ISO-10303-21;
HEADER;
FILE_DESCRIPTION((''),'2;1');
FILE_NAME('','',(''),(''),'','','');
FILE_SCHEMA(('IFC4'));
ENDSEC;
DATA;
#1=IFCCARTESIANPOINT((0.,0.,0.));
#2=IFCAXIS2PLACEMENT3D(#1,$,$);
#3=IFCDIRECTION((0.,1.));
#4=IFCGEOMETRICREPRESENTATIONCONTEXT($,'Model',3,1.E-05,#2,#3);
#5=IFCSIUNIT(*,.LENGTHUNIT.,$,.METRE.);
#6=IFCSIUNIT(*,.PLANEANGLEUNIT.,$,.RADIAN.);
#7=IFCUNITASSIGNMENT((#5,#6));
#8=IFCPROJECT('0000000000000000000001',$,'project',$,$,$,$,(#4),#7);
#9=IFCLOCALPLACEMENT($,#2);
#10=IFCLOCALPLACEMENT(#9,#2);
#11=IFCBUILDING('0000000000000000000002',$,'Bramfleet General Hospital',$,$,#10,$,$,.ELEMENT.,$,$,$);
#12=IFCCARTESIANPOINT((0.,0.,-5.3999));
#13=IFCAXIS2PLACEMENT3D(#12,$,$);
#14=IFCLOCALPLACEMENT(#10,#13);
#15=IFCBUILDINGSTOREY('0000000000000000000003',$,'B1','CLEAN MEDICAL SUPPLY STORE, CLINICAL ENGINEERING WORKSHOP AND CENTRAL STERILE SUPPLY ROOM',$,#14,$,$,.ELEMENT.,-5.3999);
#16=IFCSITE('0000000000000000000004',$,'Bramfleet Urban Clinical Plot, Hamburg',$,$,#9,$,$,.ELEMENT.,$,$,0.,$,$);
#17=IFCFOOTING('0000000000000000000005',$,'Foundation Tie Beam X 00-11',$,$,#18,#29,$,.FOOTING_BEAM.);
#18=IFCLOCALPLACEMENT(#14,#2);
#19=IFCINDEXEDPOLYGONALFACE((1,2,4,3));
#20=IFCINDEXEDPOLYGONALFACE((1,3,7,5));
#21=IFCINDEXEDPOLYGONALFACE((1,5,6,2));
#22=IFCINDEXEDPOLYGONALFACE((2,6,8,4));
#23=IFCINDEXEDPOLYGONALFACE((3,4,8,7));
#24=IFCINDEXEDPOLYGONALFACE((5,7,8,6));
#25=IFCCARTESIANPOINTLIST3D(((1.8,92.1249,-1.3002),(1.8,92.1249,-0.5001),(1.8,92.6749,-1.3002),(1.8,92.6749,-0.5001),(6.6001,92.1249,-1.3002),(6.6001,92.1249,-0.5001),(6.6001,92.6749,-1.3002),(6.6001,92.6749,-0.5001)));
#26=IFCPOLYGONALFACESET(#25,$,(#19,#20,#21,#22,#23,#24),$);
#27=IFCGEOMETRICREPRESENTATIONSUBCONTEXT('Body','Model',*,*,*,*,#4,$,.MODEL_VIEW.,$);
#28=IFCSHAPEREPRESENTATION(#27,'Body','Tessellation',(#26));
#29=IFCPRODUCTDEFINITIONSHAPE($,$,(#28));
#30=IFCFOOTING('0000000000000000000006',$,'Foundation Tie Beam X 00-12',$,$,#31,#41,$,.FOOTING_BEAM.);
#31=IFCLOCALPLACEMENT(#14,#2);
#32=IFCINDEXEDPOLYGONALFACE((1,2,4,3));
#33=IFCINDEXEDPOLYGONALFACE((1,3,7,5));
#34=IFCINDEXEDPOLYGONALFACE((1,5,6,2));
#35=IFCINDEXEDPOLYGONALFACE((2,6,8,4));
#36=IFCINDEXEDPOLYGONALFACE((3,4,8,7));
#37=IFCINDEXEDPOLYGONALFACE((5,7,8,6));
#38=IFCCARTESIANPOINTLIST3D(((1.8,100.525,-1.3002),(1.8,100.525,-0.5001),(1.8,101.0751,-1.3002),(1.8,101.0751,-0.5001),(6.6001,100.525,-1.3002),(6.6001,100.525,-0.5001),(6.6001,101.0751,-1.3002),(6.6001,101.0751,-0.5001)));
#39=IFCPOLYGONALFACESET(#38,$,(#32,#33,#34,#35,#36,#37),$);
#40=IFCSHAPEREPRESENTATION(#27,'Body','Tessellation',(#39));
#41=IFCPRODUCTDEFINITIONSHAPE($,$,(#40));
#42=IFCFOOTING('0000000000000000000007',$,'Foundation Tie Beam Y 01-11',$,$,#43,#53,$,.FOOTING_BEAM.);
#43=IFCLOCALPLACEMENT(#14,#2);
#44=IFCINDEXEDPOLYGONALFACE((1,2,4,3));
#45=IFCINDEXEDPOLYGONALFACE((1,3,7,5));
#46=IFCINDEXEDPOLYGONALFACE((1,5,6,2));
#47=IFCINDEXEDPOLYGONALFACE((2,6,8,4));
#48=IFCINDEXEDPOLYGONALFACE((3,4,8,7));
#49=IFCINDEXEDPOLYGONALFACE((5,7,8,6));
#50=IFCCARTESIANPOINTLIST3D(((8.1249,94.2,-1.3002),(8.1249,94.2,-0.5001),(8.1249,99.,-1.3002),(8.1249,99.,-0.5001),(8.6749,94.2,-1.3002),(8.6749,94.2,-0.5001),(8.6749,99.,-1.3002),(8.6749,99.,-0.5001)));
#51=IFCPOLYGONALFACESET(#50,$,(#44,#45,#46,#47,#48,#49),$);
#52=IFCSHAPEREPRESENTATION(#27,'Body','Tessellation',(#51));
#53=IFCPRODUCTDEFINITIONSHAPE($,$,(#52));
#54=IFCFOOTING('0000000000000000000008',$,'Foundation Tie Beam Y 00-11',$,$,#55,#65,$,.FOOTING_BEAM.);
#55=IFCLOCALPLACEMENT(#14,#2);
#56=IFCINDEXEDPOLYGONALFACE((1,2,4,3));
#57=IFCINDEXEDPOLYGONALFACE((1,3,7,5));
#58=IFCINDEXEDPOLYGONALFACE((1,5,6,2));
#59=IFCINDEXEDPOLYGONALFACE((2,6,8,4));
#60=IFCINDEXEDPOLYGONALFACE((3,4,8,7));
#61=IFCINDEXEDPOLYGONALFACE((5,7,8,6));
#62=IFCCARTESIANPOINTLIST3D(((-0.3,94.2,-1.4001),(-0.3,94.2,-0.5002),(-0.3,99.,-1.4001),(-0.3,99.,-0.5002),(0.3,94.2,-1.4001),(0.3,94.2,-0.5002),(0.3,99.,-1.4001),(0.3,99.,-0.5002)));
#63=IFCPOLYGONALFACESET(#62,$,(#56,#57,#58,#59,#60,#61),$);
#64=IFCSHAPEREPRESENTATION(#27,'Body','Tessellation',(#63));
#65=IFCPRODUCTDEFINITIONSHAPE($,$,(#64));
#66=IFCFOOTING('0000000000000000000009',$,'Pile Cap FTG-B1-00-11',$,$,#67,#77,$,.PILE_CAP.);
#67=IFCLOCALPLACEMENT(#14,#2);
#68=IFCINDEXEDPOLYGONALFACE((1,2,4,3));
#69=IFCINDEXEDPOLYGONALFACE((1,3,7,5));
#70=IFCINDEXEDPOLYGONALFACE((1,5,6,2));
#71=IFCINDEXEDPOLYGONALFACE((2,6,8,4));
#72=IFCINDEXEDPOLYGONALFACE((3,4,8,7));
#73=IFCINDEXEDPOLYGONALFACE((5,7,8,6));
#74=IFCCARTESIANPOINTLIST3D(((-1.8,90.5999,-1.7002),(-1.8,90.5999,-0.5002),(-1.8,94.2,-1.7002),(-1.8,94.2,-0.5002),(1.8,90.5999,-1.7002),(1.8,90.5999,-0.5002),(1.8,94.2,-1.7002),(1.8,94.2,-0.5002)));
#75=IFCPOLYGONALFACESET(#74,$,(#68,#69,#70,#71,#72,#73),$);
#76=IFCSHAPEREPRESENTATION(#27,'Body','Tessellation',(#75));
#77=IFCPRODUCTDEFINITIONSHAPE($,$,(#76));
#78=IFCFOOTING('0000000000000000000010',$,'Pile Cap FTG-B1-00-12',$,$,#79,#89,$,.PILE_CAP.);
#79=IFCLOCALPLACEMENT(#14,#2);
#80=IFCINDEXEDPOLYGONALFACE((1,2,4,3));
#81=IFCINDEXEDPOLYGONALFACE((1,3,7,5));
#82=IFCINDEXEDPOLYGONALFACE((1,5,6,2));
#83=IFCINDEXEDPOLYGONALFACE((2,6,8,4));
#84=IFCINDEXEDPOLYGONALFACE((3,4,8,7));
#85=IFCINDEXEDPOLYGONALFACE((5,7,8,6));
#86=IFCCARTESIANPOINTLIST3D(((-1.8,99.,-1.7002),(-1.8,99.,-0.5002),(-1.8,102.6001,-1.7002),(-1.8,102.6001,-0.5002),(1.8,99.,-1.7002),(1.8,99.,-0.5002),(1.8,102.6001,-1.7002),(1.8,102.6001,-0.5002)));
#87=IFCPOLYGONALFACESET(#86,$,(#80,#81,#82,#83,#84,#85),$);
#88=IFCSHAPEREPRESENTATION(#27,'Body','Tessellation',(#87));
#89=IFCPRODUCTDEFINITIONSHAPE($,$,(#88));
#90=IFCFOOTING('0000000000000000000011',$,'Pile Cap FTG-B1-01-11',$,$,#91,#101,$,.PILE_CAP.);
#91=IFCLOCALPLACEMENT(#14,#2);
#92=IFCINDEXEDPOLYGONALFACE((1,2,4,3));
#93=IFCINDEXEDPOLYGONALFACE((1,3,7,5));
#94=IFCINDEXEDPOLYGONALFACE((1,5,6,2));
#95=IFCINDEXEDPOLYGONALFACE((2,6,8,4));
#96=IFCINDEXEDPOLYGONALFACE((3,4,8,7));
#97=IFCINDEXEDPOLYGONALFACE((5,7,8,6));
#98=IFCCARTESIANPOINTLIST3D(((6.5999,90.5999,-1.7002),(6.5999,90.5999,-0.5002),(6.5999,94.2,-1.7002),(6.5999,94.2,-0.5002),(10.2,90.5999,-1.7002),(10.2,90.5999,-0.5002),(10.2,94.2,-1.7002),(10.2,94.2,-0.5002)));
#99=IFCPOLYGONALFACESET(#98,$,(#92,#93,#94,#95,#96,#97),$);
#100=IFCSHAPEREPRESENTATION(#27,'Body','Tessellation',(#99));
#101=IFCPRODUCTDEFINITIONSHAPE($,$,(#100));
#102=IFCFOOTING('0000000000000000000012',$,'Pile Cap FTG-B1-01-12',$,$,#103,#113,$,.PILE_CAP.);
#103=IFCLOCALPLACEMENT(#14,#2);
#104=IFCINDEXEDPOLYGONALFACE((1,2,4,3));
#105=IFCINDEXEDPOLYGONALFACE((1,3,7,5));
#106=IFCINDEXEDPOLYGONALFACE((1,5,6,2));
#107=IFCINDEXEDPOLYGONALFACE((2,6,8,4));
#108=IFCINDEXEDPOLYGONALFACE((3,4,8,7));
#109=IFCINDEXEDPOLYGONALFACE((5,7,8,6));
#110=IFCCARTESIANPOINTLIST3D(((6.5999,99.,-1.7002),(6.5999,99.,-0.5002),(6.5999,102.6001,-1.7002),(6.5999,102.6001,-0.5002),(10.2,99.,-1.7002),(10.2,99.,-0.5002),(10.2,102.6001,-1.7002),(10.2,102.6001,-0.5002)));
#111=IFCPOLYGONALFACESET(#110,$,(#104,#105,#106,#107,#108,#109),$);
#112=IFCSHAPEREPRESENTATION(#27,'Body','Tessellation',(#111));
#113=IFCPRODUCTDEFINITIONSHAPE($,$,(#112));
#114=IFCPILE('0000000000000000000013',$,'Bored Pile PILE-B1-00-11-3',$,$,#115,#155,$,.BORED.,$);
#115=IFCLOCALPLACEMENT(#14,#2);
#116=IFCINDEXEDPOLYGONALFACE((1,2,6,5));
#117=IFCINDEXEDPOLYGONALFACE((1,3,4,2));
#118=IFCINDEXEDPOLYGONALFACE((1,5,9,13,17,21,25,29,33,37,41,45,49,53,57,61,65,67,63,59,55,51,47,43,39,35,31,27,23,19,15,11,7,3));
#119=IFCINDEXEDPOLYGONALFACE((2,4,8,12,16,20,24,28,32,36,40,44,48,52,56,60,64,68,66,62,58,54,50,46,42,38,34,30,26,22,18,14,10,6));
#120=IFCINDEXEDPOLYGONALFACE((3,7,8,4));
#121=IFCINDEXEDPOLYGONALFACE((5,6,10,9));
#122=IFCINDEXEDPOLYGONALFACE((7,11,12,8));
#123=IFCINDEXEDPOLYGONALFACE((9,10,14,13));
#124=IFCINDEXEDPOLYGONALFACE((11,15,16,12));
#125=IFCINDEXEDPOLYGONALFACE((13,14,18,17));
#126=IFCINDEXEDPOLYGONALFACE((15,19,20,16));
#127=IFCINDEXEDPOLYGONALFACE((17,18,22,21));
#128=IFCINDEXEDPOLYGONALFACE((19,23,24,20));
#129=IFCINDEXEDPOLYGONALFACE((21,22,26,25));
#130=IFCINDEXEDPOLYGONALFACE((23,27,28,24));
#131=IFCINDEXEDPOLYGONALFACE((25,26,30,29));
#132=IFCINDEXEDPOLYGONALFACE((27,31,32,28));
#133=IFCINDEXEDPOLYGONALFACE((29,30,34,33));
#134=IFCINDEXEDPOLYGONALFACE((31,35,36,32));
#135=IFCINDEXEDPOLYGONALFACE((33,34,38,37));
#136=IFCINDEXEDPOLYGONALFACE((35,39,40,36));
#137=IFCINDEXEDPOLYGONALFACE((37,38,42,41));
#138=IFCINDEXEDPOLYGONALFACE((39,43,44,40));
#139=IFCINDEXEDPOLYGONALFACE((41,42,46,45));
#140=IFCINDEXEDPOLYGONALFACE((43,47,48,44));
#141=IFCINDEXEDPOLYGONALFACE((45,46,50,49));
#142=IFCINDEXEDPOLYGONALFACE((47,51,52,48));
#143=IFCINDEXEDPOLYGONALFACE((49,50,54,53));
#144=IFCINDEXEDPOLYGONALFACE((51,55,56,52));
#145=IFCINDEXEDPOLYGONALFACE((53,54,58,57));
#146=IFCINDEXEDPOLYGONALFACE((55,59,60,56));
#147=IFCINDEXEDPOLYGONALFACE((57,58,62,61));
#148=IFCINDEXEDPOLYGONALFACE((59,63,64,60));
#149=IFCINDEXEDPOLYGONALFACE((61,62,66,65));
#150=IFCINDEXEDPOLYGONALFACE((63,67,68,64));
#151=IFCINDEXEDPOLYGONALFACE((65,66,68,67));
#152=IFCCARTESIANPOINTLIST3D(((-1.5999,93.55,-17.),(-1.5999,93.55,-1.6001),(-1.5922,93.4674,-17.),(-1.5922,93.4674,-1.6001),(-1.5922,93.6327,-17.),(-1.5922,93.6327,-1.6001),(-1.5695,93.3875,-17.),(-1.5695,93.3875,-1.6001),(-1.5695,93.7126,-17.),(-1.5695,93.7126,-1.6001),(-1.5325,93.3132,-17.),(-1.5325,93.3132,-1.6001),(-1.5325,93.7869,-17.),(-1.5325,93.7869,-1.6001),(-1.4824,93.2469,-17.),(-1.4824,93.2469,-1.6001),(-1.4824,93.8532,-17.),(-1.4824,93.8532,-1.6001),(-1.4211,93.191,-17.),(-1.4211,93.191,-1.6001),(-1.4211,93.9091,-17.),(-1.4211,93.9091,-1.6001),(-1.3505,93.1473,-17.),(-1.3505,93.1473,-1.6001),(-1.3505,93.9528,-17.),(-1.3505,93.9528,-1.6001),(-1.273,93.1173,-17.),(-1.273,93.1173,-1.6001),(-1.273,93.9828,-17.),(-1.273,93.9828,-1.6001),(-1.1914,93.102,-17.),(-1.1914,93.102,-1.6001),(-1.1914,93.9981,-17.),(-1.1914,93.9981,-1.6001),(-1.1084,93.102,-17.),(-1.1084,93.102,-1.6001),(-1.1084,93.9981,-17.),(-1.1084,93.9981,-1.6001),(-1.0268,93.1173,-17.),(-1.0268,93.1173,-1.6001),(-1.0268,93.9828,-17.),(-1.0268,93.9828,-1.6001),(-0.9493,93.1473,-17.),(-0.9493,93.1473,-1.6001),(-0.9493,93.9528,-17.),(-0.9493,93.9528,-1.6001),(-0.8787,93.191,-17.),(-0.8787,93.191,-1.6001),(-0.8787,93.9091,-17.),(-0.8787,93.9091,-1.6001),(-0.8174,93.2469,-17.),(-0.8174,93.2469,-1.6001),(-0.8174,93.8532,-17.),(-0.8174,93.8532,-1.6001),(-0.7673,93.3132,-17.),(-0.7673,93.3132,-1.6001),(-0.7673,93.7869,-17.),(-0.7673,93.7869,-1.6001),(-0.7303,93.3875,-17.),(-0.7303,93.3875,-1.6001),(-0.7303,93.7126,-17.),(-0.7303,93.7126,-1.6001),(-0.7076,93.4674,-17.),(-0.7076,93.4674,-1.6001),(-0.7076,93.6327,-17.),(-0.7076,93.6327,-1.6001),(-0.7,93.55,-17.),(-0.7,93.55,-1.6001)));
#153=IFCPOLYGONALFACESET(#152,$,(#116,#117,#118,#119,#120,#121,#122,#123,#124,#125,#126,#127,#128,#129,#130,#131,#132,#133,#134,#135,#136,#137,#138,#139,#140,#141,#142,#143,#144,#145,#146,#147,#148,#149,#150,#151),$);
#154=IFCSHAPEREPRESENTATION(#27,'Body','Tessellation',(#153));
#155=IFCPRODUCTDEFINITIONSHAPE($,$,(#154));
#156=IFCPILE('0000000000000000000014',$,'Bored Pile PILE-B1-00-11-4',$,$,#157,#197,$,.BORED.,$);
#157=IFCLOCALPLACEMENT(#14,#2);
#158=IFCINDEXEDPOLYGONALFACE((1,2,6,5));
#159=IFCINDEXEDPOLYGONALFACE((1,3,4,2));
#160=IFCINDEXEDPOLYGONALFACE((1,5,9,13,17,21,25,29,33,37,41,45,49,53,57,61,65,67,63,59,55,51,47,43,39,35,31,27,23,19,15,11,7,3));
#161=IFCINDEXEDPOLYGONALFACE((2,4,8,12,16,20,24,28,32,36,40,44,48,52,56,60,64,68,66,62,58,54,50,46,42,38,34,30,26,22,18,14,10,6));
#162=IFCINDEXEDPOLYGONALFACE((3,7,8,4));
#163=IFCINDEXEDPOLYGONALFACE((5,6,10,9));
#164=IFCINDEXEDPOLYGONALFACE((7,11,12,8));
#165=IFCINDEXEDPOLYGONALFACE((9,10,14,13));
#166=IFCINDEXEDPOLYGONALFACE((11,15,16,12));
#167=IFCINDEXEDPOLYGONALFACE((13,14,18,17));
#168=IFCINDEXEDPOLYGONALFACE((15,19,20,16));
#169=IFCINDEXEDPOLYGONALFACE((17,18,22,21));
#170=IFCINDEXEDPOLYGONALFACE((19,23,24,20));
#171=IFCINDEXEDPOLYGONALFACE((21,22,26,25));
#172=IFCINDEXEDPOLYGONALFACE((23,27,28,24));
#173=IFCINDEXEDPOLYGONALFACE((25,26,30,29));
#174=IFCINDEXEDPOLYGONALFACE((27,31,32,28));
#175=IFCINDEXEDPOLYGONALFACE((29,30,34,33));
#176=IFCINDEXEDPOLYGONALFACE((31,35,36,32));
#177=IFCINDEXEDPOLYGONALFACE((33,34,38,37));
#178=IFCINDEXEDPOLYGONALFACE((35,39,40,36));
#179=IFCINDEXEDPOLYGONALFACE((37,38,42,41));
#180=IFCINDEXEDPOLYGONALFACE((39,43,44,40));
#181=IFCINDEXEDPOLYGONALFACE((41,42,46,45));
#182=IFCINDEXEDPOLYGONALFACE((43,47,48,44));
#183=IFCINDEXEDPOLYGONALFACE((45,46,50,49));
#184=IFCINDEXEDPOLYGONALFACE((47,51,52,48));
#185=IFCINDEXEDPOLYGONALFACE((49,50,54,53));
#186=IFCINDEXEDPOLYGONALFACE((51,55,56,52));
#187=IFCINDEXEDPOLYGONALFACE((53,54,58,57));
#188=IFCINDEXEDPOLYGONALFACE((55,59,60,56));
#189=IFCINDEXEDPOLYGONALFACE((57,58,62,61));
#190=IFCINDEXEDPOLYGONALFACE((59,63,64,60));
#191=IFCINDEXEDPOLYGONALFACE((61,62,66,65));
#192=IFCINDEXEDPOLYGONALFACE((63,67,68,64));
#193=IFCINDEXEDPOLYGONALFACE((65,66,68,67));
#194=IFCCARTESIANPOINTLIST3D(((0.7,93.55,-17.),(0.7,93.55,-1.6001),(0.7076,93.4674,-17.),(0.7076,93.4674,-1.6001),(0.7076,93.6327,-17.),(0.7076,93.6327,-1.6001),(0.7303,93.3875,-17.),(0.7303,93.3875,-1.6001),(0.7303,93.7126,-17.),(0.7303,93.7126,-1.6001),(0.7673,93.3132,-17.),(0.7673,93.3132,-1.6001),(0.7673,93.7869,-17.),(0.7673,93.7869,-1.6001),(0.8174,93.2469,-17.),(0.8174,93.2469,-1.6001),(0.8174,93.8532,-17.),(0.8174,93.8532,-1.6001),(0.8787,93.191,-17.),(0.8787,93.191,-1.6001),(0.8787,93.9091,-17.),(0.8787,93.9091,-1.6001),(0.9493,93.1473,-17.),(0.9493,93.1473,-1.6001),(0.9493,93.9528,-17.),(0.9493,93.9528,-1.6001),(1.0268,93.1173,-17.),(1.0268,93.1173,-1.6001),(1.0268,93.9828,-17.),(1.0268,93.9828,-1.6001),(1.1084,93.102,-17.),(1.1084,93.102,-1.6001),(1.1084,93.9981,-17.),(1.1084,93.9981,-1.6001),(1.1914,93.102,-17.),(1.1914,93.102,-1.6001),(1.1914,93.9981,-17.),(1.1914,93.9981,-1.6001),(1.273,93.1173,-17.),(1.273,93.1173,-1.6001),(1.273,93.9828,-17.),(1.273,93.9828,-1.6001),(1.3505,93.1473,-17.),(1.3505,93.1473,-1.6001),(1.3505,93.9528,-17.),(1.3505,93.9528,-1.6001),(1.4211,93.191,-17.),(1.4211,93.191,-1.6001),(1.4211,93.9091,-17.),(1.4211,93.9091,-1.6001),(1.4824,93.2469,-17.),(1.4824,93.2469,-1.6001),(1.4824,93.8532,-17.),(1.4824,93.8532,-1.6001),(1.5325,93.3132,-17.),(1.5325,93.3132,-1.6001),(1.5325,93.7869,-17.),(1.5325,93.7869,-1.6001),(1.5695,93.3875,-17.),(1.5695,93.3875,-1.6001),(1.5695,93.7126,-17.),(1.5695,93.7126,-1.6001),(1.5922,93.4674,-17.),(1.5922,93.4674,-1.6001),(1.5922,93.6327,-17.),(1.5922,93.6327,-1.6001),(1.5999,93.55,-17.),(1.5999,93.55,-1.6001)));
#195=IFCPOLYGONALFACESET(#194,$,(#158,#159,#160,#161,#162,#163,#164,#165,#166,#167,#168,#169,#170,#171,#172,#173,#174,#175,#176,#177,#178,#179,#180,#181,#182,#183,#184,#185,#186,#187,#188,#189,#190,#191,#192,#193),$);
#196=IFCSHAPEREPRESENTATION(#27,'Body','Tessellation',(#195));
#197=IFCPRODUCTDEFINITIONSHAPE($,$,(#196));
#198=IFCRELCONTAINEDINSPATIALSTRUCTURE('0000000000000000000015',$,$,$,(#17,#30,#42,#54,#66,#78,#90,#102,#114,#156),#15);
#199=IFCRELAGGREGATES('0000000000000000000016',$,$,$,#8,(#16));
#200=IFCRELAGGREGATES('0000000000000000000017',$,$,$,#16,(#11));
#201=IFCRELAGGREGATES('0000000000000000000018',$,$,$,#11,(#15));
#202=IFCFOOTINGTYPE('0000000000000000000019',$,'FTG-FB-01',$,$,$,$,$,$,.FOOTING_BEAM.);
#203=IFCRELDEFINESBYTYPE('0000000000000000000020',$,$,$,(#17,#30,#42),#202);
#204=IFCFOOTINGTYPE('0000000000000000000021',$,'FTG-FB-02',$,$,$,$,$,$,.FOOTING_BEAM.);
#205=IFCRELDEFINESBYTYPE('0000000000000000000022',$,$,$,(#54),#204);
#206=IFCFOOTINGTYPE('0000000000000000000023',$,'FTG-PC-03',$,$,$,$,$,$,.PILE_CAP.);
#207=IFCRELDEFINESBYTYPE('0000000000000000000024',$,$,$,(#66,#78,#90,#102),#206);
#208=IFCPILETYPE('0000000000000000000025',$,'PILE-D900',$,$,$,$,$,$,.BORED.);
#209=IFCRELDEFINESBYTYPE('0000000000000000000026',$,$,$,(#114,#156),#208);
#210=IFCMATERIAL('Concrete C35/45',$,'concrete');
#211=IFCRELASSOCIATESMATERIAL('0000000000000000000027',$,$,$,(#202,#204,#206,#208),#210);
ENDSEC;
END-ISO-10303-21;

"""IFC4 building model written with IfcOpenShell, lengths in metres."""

from ifc_helpers import new_model, si_unit, direction, frame, origin, origin_2d, place, context, subcontext, project, spatial, rectangle, circle, extrude, material, material_profile, profile_set, type_object, element, save


model = new_model("IFC4")

# Units and contexts
model_context = context("Model", 3, precision=1e-05, world=origin(), true_north=direction((0.0, 1.0)))
body_context = subcontext(model_context, "Body", "Model", "MODEL_VIEW")
ifc_project = project(units=[si_unit("LENGTHUNIT", "METRE"), si_unit("PLANEANGLEUNIT", "RADIAN")], contexts=[model_context])

# Site, building, storey
site_placement = place(None, origin())
site = spatial("IfcSite", under=ifc_project, at=site_placement, Name="Bramfleet Urban Clinical Plot, Hamburg", CompositionType="ELEMENT", RefElevation=0.0)
building_placement = place(site_placement, origin())
building = spatial("IfcBuilding", under=site, at=building_placement, Name="Bramfleet General Hospital", CompositionType="ELEMENT")
storey_placement = place(building_placement, frame((0.0, 0.0, -5.3999)))
storey = spatial("IfcBuildingStorey", under=building, at=storey_placement, Name="B1", Description="CLEAN MEDICAL SUPPLY STORE, CLINICAL ENGINEERING WORKSHOP AND CENTRAL STERILE SUPPLY ROOM", CompositionType="ELEMENT", Elevation=-5.3999)

# Footings
ifc_material_1 = material(Name="Concrete C35/45", Category="concrete")
ifc_material_profile_1 = material_profile(ifc_material_1, rectangle(XDim=0.55, YDim=0.8, at=origin_2d()), Name="RC FB 800x550")
ifc_profile_set_1 = profile_set([ifc_material_profile_1], Name="Concrete C35/45")
footing_type_1 = type_object("IfcFootingType", Name="FTG-FB-01", PredefinedType="FOOTING_BEAM", material=ifc_profile_set_1)
for number, where, z_axis, x_axis, name in (
    (1, (1.8, 92.3999, -0.9001), (1.0, 0.0, 0.0), (0.0, 1.0, 0.0), "Foundation Tie Beam X 00-11"),
    (2, (1.8, 100.8, -0.9001), (1.0, 0.0, 0.0), (0.0, 1.0, 0.0), "Foundation Tie Beam X 00-12"),
    (3, (8.3999, 94.2, -0.9001), (0.0, 1.0, 0.0), (-1.0, 0.0, 0.0), "Foundation Tie Beam Y 01-11"),
):
    element("IfcFooting", number, at=place(storey_placement, frame(where, z_axis=z_axis, x_axis=x_axis)), inside=storey, type_object=footing_type_1, Name=name, PredefinedType="FOOTING_BEAM", context=body_context, shape_type="SweptSolid", body=[
        extrude(rectangle(XDim=0.55, YDim=0.8, at=origin_2d()), origin(), (0.0, 0.0, 1.0), 4.8),
    ])
ifc_material_profile_2 = material_profile(ifc_material_1, rectangle(XDim=0.6001, YDim=0.8999, at=origin_2d()), Name="RC FB 900x600")
ifc_profile_set_2 = profile_set([ifc_material_profile_2], Name="Concrete C35/45")
footing_type_2 = type_object("IfcFootingType", Name="FTG-FB-02", PredefinedType="FOOTING_BEAM", material=ifc_profile_set_2)
footing_placement = place(storey_placement, frame((0.0, 94.2, -0.9502), z_axis=(0.0, 1.0, 0.0), x_axis=(-1.0, 0.0, 0.0)))
element("IfcFooting", 4, at=footing_placement, inside=storey, type_object=footing_type_2, Name="Foundation Tie Beam Y 00-11", PredefinedType="FOOTING_BEAM", context=body_context, shape_type="SweptSolid", body=[
    extrude(rectangle(XDim=0.6001, YDim=0.8999, at=origin_2d()), origin(), (0.0, 0.0, 1.0), 4.8),
])
footing_type_3 = type_object("IfcFootingType", Name="FTG-PC-03", PredefinedType="PILE_CAP", material=ifc_material_1)
for number, where, z_axis, x_axis, name in (
    (5, (0.0, 92.3999, -1.7002), (0.0, 0.0, 1.0), (1.0, 0.0, 0.0), "Pile Cap FTG-B1-00-11"),
    (6, (0.0, 100.8, -1.7002), (0.0, 0.0, 1.0), (1.0, 0.0, 0.0), "Pile Cap FTG-B1-00-12"),
    (7, (8.3999, 92.3999, -1.7002), (0.0, 0.0, 1.0), (1.0, 0.0, 0.0), "Pile Cap FTG-B1-01-11"),
    (8, (8.3999, 100.8, -1.7002), (0.0, 0.0, 1.0), (1.0, 0.0, 0.0), "Pile Cap FTG-B1-01-12"),
):
    element("IfcFooting", number, at=place(storey_placement, frame(where, z_axis=z_axis, x_axis=x_axis)), inside=storey, type_object=footing_type_3, Name=name, PredefinedType="PILE_CAP", context=body_context, shape_type="SweptSolid", body=[
        extrude(rectangle(XDim=3.6001, YDim=3.6001, at=origin_2d()), origin(), (0.0, 0.0, 1.0), 1.2),
    ])

# Piles
ifc_material_profile_3 = material_profile(ifc_material_1, circle(Radius=0.45, at=origin_2d()), Name="PILE BORED D900")
ifc_profile_set_3 = profile_set([ifc_material_profile_3], Name="Concrete C35/45")
pile_type = type_object("IfcPileType", Name="PILE-D900", PredefinedType="BORED", material=ifc_profile_set_3)
for number, where, z_axis, x_axis, name in (
    (9, (-1.1499, 93.55, -1.6001), (0.0, 0.0, -1.0), (1.0, 0.0, 0.0), "Bored Pile PILE-B1-00-11-3"),
    (10, (1.1499, 93.55, -1.6001), (0.0, 0.0, -1.0), (1.0, 0.0, 0.0), "Bored Pile PILE-B1-00-11-4"),
):
    element("IfcPile", number, at=place(storey_placement, frame(where, z_axis=z_axis, x_axis=x_axis)), inside=storey, type_object=pile_type, Name=name, PredefinedType="BORED", context=body_context, shape_type="SweptSolid", body=[
        extrude(circle(Radius=0.45, at=origin_2d()), origin(), (0.0, 0.0, 1.0), 15.3999),
    ])

save(model, "model.ifc")
